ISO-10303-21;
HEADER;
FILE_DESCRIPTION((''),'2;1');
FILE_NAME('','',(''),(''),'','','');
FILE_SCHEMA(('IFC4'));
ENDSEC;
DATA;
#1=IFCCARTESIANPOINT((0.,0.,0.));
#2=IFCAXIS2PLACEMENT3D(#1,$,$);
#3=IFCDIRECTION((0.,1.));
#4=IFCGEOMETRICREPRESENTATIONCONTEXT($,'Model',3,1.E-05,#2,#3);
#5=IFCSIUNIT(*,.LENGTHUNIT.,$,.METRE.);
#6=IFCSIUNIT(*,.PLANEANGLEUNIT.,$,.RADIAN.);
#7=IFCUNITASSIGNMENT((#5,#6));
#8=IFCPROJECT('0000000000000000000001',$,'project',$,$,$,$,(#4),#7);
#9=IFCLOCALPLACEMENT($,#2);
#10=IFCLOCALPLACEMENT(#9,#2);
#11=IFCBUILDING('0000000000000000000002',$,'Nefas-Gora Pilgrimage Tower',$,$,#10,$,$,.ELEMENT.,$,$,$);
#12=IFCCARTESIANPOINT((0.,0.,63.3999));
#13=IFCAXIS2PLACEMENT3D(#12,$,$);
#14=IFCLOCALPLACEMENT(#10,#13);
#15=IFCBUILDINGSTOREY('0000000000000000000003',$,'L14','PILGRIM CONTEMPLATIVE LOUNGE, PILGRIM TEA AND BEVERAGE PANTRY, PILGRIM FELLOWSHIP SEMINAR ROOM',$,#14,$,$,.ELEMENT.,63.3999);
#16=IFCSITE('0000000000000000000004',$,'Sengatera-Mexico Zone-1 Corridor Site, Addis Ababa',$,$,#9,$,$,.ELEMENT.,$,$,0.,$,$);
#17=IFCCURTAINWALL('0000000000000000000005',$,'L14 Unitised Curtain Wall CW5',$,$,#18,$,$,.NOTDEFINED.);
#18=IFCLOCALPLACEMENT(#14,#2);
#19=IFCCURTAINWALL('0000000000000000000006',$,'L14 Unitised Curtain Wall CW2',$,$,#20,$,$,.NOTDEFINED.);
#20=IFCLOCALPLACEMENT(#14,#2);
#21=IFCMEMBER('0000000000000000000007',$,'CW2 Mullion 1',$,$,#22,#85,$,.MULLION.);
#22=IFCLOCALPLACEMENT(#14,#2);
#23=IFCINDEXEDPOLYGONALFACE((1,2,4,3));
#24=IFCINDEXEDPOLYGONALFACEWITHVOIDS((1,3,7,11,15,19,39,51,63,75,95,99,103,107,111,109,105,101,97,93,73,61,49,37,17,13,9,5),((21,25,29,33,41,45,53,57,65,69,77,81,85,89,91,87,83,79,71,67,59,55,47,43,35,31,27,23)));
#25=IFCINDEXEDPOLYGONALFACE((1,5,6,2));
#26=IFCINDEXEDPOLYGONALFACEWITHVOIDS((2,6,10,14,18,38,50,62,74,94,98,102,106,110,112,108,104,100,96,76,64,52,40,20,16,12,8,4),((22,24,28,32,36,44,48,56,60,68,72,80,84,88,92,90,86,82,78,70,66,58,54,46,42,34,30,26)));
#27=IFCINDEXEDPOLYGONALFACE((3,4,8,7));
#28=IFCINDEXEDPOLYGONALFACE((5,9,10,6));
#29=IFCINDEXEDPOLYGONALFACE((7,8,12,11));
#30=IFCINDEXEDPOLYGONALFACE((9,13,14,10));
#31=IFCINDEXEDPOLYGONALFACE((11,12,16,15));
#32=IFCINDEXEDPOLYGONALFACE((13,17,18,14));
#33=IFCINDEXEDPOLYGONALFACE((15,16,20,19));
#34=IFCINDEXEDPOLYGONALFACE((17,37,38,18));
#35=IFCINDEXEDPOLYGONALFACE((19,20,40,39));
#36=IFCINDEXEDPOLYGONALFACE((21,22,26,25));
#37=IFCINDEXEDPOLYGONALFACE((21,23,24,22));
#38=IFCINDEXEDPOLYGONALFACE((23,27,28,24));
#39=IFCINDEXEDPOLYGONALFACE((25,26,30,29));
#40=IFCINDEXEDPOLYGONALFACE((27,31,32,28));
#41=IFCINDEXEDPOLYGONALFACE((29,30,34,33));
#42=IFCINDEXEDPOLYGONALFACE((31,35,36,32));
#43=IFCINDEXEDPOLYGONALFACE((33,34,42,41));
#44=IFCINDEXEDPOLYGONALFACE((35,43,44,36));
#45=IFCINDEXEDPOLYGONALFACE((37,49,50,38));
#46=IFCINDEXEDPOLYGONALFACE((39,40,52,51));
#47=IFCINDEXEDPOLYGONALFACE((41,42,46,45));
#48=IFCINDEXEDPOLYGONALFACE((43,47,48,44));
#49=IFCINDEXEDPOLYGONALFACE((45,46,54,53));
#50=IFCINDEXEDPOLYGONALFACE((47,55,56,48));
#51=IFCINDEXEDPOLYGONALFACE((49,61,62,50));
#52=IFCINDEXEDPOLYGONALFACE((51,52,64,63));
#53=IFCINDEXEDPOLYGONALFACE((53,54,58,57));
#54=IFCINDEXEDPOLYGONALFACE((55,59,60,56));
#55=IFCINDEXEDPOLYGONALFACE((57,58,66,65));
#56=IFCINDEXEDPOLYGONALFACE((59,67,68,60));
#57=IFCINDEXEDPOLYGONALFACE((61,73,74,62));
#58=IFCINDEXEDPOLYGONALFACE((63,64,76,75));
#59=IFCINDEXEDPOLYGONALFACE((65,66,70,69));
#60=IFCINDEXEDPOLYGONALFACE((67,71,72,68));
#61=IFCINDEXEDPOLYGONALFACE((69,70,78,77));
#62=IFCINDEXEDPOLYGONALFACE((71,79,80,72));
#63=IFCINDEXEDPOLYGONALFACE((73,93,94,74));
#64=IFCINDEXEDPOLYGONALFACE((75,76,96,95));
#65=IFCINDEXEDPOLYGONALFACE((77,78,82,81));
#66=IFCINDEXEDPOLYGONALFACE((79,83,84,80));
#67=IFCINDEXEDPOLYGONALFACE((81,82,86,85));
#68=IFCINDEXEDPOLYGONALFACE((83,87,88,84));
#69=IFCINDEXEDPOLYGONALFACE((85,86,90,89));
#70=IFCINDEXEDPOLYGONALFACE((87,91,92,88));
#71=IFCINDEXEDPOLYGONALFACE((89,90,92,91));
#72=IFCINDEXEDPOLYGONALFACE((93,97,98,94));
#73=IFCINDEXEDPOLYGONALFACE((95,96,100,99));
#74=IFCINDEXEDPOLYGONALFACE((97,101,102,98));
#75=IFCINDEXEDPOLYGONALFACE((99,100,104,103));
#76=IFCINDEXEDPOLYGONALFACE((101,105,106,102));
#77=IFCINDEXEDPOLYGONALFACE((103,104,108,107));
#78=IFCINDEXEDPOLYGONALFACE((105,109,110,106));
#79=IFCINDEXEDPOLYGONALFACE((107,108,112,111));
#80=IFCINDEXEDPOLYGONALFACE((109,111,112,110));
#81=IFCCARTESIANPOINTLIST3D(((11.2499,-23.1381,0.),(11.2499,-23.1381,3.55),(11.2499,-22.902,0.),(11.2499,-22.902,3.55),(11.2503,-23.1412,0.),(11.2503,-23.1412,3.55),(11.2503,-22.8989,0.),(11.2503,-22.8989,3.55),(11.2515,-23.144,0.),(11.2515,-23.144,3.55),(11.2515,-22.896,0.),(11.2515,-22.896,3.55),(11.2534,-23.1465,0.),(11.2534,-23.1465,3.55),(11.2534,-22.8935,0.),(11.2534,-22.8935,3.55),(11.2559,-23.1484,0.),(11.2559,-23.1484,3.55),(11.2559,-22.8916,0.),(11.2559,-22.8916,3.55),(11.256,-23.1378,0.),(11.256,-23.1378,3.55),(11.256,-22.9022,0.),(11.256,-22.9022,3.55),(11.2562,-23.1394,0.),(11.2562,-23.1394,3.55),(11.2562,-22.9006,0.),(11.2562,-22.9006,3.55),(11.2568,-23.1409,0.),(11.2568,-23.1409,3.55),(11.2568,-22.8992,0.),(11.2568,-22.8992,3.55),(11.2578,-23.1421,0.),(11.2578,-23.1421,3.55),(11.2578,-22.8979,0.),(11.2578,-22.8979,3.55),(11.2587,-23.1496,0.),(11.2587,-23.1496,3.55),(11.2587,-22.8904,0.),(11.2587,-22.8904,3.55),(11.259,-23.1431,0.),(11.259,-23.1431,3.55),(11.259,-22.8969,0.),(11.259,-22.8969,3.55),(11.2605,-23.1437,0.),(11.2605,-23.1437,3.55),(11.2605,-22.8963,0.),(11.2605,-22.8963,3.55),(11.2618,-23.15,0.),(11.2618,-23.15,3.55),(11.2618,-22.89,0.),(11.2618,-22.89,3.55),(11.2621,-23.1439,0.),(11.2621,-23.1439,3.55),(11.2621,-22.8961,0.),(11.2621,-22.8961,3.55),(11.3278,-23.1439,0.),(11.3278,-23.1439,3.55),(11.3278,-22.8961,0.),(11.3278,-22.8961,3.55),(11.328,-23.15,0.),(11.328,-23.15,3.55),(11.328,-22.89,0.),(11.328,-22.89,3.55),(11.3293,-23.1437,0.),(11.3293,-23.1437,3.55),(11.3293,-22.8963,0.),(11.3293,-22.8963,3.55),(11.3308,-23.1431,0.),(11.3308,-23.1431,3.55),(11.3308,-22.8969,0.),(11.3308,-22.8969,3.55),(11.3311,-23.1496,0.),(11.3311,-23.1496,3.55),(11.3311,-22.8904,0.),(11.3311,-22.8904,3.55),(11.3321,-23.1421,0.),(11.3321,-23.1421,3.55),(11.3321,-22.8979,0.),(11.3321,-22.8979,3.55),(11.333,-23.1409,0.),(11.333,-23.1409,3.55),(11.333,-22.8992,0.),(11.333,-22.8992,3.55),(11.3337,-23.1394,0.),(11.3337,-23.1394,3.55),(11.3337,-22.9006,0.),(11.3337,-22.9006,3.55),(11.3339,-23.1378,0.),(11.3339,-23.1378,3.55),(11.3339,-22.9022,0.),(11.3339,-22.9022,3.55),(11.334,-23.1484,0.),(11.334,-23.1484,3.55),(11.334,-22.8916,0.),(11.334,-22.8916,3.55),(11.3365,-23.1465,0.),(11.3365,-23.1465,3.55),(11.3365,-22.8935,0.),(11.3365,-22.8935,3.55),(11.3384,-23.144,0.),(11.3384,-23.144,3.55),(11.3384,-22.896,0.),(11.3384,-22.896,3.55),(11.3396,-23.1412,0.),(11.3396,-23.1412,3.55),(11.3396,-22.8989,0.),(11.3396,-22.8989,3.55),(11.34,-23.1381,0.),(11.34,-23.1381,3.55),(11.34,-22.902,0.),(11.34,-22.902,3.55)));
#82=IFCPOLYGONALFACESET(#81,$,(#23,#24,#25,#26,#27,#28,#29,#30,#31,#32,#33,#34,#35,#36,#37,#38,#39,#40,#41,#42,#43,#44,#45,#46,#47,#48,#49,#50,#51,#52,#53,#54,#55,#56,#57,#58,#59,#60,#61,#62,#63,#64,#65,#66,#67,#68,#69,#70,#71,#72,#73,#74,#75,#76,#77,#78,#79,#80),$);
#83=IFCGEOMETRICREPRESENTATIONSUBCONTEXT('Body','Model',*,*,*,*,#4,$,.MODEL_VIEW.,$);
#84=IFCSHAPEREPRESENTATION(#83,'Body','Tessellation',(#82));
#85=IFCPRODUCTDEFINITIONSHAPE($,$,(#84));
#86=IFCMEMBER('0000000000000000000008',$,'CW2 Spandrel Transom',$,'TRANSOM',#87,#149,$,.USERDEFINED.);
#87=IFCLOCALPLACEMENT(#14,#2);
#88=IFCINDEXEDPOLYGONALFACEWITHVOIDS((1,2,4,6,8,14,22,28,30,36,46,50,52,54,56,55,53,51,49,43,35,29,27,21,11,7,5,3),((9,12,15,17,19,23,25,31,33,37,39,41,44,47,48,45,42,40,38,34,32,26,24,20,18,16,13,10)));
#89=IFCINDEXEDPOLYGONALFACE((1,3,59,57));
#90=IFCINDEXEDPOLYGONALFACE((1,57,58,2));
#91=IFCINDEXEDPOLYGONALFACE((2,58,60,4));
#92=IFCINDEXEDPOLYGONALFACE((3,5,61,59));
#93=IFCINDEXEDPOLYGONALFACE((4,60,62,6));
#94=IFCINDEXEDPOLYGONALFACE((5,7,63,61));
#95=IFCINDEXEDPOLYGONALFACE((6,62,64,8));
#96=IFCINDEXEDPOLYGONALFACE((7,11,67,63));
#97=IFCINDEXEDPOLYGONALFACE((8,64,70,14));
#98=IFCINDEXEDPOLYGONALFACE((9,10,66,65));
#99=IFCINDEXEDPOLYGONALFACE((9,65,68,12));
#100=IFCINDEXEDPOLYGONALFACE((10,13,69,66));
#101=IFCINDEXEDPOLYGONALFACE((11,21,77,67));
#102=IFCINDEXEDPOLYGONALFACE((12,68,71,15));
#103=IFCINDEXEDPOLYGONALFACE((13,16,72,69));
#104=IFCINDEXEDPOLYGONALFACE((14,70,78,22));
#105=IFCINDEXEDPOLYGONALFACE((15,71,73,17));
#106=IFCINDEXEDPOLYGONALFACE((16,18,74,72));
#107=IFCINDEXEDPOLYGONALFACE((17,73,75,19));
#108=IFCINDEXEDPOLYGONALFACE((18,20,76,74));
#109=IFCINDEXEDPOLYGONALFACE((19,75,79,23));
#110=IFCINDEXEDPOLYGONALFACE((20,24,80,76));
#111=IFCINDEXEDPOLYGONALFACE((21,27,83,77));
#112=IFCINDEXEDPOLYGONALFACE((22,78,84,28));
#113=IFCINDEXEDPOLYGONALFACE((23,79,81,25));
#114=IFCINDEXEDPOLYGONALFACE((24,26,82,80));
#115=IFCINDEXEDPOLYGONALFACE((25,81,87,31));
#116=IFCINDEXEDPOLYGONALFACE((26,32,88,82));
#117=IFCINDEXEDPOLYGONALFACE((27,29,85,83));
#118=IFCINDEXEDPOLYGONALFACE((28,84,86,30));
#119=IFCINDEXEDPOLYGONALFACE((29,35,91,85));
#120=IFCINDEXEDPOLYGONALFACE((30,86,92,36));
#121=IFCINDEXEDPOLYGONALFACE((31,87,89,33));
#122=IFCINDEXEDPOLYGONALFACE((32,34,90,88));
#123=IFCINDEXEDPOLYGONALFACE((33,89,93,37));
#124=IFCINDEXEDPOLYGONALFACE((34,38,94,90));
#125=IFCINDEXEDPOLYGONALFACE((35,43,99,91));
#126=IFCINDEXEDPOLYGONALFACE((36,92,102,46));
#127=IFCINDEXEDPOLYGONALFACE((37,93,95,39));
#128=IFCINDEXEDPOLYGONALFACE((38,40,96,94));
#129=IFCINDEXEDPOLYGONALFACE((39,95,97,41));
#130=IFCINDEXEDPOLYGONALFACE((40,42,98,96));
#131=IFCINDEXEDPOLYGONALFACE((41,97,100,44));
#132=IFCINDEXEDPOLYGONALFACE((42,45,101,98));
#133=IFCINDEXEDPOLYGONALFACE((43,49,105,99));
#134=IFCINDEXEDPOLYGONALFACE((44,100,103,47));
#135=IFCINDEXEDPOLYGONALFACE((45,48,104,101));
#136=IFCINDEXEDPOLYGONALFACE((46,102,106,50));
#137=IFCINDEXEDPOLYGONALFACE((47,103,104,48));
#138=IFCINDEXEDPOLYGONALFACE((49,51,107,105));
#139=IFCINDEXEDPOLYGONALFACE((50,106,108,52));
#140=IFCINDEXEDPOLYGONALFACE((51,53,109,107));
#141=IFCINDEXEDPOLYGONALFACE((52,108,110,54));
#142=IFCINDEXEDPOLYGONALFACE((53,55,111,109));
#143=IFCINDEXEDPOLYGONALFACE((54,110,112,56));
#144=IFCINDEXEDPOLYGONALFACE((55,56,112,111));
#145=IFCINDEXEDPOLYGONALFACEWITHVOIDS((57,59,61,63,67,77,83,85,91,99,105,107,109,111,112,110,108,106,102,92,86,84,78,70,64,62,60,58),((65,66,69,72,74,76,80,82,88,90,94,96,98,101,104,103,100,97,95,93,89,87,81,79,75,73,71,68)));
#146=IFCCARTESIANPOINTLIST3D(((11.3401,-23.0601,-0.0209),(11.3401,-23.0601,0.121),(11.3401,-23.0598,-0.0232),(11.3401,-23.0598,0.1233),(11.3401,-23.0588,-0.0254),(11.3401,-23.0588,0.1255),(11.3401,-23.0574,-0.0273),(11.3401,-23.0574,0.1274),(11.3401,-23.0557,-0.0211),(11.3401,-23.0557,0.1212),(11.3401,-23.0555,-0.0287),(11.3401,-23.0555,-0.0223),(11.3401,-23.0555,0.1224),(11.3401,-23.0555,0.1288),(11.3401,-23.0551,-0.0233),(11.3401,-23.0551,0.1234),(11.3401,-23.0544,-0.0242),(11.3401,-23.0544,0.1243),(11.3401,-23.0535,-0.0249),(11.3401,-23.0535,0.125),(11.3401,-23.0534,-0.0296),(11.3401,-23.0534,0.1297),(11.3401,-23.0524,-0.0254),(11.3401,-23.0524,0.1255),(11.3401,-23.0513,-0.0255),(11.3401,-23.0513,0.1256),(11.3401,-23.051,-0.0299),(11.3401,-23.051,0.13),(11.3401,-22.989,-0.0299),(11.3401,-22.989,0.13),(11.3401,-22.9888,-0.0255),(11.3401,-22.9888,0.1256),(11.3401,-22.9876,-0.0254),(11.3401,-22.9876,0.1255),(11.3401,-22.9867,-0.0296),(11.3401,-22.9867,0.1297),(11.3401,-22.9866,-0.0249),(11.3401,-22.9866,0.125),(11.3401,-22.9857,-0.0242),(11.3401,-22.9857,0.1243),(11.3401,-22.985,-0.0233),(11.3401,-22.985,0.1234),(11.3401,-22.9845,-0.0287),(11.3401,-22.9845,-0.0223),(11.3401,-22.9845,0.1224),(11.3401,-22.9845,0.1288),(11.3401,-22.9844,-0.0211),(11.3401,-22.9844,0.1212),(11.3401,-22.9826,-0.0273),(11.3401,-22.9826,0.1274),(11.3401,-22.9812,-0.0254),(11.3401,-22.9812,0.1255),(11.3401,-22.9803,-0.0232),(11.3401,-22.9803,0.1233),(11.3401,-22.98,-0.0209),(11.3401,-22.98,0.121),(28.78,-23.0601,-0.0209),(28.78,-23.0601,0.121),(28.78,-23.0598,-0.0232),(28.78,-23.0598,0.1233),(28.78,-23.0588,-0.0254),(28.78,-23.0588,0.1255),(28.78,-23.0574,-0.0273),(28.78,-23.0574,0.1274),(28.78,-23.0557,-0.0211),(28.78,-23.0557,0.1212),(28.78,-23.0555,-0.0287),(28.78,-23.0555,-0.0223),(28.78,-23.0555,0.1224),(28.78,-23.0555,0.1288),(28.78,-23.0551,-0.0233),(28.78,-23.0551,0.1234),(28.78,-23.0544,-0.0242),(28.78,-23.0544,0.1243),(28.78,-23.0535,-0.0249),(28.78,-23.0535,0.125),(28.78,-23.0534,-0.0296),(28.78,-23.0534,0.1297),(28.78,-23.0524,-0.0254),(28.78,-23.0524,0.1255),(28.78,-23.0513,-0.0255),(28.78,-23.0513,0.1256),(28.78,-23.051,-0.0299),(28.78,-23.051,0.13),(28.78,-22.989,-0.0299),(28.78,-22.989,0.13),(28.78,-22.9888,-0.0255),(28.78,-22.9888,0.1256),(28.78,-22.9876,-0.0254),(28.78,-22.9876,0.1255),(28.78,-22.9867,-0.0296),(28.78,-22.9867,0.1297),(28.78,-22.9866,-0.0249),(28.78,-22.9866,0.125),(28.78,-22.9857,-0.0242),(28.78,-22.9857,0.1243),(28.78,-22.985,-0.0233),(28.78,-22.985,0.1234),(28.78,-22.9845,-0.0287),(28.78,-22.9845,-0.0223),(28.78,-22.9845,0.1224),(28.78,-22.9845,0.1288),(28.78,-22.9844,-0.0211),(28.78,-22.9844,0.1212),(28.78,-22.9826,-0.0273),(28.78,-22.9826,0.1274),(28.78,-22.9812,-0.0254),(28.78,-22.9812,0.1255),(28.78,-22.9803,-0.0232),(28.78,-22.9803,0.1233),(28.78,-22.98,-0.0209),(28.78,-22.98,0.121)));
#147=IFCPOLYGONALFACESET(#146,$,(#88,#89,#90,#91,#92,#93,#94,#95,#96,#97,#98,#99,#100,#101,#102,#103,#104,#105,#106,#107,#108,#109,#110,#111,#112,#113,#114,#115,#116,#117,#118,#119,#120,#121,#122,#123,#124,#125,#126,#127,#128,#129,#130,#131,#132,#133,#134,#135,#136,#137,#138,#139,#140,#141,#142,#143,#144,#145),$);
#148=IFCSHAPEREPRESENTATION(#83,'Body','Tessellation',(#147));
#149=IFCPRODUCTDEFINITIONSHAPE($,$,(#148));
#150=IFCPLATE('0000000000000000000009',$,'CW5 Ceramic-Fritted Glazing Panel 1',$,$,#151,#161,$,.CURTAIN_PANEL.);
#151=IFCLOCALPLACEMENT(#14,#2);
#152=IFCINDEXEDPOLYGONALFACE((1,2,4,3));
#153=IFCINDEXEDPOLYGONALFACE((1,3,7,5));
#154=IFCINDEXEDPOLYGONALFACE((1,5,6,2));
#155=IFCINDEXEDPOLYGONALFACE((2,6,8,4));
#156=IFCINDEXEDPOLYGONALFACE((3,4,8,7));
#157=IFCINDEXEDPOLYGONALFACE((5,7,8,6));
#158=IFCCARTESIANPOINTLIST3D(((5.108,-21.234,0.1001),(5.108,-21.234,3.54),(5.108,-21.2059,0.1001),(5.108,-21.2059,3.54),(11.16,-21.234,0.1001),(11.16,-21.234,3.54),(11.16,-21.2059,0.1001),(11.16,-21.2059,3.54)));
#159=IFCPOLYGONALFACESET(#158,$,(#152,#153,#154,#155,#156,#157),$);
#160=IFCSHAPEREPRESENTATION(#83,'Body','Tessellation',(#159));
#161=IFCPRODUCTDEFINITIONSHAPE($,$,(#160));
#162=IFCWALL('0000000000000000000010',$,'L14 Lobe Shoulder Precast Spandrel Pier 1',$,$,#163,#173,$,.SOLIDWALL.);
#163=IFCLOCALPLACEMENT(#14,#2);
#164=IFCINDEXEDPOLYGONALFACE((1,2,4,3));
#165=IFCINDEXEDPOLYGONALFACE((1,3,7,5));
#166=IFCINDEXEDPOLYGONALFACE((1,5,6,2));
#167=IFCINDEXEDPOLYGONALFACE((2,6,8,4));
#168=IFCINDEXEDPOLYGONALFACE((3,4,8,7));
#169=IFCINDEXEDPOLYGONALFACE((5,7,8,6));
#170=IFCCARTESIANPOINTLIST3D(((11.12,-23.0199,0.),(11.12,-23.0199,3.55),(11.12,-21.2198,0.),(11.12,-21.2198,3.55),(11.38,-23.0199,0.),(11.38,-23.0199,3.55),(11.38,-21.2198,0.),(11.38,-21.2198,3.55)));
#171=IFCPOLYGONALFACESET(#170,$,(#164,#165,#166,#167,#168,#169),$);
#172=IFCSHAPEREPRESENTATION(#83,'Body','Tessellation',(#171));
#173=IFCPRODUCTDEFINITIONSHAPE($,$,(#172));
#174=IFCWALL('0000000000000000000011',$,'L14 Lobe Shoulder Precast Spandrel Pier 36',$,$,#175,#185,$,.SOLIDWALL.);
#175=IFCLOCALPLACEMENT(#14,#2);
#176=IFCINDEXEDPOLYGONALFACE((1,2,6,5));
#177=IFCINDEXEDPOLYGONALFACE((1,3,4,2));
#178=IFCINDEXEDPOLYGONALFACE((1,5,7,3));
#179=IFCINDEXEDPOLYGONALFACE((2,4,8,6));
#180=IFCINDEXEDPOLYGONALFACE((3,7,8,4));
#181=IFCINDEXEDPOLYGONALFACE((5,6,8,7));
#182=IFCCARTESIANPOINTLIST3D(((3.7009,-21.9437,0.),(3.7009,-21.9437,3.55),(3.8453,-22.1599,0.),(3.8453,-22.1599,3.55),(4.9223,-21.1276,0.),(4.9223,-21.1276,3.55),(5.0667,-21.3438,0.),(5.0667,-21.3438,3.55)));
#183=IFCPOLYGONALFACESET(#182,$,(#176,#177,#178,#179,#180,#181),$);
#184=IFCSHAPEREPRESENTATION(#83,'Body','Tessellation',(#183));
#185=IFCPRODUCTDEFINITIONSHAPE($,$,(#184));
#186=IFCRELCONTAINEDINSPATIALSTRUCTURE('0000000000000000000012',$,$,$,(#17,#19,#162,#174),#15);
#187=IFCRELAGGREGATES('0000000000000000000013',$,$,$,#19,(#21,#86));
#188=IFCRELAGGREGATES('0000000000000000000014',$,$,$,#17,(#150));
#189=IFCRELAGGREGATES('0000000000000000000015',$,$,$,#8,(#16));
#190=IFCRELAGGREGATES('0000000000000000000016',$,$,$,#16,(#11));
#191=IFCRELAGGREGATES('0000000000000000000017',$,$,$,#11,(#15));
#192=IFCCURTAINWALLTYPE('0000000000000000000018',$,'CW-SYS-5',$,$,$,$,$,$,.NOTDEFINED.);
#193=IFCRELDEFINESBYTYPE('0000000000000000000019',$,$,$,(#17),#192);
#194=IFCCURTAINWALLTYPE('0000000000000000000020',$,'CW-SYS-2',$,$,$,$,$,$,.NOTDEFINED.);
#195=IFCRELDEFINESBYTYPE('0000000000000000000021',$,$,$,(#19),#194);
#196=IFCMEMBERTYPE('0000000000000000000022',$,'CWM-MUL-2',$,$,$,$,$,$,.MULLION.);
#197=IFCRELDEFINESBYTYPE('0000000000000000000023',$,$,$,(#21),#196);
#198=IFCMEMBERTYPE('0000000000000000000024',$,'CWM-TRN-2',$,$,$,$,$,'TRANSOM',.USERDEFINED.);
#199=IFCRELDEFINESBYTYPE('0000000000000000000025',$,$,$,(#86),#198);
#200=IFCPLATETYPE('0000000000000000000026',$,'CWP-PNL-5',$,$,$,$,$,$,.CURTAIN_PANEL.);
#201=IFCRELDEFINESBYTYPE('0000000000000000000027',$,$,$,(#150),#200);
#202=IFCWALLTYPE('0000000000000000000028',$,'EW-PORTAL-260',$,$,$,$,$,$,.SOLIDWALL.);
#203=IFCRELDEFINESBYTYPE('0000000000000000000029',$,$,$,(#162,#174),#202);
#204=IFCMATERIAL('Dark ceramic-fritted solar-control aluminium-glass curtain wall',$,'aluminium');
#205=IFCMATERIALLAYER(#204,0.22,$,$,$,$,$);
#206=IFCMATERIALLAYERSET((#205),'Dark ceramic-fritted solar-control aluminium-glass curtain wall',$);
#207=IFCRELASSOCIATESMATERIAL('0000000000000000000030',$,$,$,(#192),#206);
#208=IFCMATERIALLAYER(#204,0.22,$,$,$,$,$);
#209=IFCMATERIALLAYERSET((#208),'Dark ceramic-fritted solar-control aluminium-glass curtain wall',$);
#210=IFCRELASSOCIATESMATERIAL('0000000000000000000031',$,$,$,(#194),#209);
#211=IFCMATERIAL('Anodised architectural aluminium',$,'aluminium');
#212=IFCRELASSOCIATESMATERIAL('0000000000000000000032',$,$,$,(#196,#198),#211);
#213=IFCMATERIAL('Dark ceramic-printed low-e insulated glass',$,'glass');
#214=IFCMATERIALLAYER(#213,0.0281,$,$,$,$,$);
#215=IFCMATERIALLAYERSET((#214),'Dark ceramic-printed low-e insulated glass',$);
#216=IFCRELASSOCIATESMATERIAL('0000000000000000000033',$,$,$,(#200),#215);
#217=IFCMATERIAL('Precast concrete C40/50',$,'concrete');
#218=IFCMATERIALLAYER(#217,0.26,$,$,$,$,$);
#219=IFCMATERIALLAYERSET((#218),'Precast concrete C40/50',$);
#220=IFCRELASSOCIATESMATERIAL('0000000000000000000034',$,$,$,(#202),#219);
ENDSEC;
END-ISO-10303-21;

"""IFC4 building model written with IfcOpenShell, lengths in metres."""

from ifc_helpers import new_model, si_unit, direction, frame, frame_2d, origin, origin_2d, place, context, subcontext, project, spatial, rectangle, hollow_rectangle, extrude, source, transform, mapped, material, layer, layer_set, material_profile, profile_set, type_object, element, aggregate, save


model = new_model("IFC4")

# Units and contexts
model_context = context("Model", 3, precision=1e-05, world=origin(), true_north=direction((0.0, 1.0)))
body_context = subcontext(model_context, "Body", "Model", "MODEL_VIEW")
ifc_project = project(units=[si_unit("LENGTHUNIT", "METRE"), si_unit("PLANEANGLEUNIT", "RADIAN")], contexts=[model_context])

# Site, building, storey
site_placement = place(None, origin())
site = spatial("IfcSite", under=ifc_project, at=site_placement, Name="Sengatera-Mexico Zone-1 Corridor Site, Addis Ababa", CompositionType="ELEMENT", RefElevation=0.0)
building_placement = place(site_placement, origin())
building = spatial("IfcBuilding", under=site, at=building_placement, Name="Nefas-Gora Pilgrimage Tower", CompositionType="ELEMENT")
storey_placement = place(building_placement, frame((0.0, 0.0, 63.3999)))
storey = spatial("IfcBuildingStorey", under=building, at=storey_placement, Name="L14", Description="PILGRIM CONTEMPLATIVE LOUNGE, PILGRIM TEA AND BEVERAGE PANTRY, PILGRIM FELLOWSHIP SEMINAR ROOM", CompositionType="ELEMENT", Elevation=63.3999)

# Curtain wall
ifc_material_1 = material(Name="Dark ceramic-fritted solar-control aluminium-glass curtain wall", Category="aluminium")
ifc_layer_1 = layer(ifc_material_1, 0.22)
ifc_layer_set_1 = layer_set([ifc_layer_1], Name="Dark ceramic-fritted solar-control aluminium-glass curtain wall")
curtain_wall_type_1 = type_object("IfcCurtainWallType", Name="CW-SYS-5", PredefinedType="NOTDEFINED", material=ifc_layer_set_1)
curtain_wall_1_placement = place(storey_placement, origin())
curtain_wall_1 = element("IfcCurtainWall", 1, at=curtain_wall_1_placement, inside=storey, type_object=curtain_wall_type_1, Name="L14 Unitised Curtain Wall CW5", PredefinedType="NOTDEFINED")
ifc_material_2 = material(Name="Anodised architectural aluminium", Category="aluminium")

# Curtain wall, members
ifc_layer_2 = layer(ifc_material_1, 0.22)
ifc_layer_set_2 = layer_set([ifc_layer_2], Name="Dark ceramic-fritted solar-control aluminium-glass curtain wall")
curtain_wall_type_2 = type_object("IfcCurtainWallType", Name="CW-SYS-2", PredefinedType="NOTDEFINED", material=ifc_layer_set_2)
curtain_wall_2_placement = place(storey_placement, origin())
curtain_wall_2 = element("IfcCurtainWall", 2, at=curtain_wall_2_placement, inside=storey, type_object=curtain_wall_type_2, Name="L14 Unitised Curtain Wall CW2", PredefinedType="NOTDEFINED")
ifc_material_profile_1 = material_profile(ifc_material_2, hollow_rectangle(XDim=0.0901, YDim=0.26, WallThickness=0.0061, InnerFilletRadius=0.0061, OuterFilletRadius=0.012, at=origin_2d()), Name="ALU MULLION 90x260")
ifc_profile_set_1 = profile_set([ifc_material_profile_1], Name="Anodised architectural aluminium")
member_type_1 = type_object("IfcMemberType", Name="CWM-MUL-2", PredefinedType="MULLION", material=ifc_profile_set_1)
shared_shape_1 = source(origin(), body_context, "Body", "SweptSolid", [
    extrude(hollow_rectangle(XDim=0.0901, YDim=0.26, WallThickness=0.0061, InnerFilletRadius=0.0061, OuterFilletRadius=0.012, at=origin_2d()), origin(), (0.0, 0.0, 1.0), 3.55),
])
member_1_placement = place(storey_placement, frame((11.2949, -23.02, 0.0), z_axis=(0.0, 0.0, 1.0), x_axis=(1.0, 0.0, 0.0)))
member_1 = element("IfcMember", 3, at=member_1_placement, type_object=member_type_1, Name="CW2 Mullion 1", PredefinedType="MULLION", context=body_context, shape_type="MappedRepresentation", body=[
    mapped(shared_shape_1, transform((0.0, 0.0, 0.0), x_axis=(1.0, 0.0, 0.0), y_axis=(0.0, 1.0, 0.0), z_axis=(0.0, 0.0, 1.0), scale=1.0)),
])
ifc_material_profile_2 = material_profile(ifc_material_2, hollow_rectangle(XDim=0.0801, YDim=0.1599, WallThickness=0.0044, InnerFilletRadius=0.0044, OuterFilletRadius=0.009, at=origin_2d()), Name="ALU TRANSOM 80x160")
ifc_profile_set_2 = profile_set([ifc_material_profile_2], Name="Anodised architectural aluminium")
member_type_2 = type_object("IfcMemberType", Name="CWM-TRN-2", ElementType="TRANSOM", PredefinedType="USERDEFINED", material=ifc_profile_set_2)
shared_shape_2 = source(origin(), body_context, "Body", "SweptSolid", [
    extrude(hollow_rectangle(XDim=0.0801, YDim=0.1599, WallThickness=0.0044, InnerFilletRadius=0.0044, OuterFilletRadius=0.009, at=origin_2d()), origin(), (0.0, 0.0, 1.0), 17.4399),
])
member_2_placement = place(storey_placement, frame((11.3401, -23.02, 0.05), z_axis=(1.0, 0.0, 0.0), x_axis=(0.0, 1.0, 0.0)))
member_2 = element("IfcMember", 4, at=member_2_placement, type_object=member_type_2, Name="CW2 Spandrel Transom", ObjectType="TRANSOM", PredefinedType="USERDEFINED", context=body_context, shape_type="MappedRepresentation", body=[
    mapped(shared_shape_2, transform((0.0, 0.0, 0.0), x_axis=(1.0, 0.0, 0.0), y_axis=(0.0, 1.0, 0.0), z_axis=(0.0, 0.0, 1.0), scale=1.0)),
])
aggregate(curtain_wall_2, [member_1, member_2])

# Plate
ifc_material_3 = material(Name="Dark ceramic-printed low-e insulated glass", Category="glass")
ifc_layer_3 = layer(ifc_material_3, 0.0281)
ifc_layer_set_3 = layer_set([ifc_layer_3], Name="Dark ceramic-printed low-e insulated glass")
plate_type = type_object("IfcPlateType", Name="CWP-PNL-5", PredefinedType="CURTAIN_PANEL", material=ifc_layer_set_3)
shared_shape_3 = source(origin(), body_context, "Body", "SweptSolid", [
    extrude(rectangle(XDim=6.052, YDim=0.0281, at=origin_2d()), origin(), (0.0, 0.0, 1.0), 3.4399),
])
plate_placement = place(storey_placement, frame((8.134, -21.22, 0.1001), z_axis=(0.0, 0.0, 1.0), x_axis=(1.0, 0.0, 0.0)))
plate = element("IfcPlate", 5, at=plate_placement, type_object=plate_type, Name="CW5 Ceramic-Fritted Glazing Panel 1", PredefinedType="CURTAIN_PANEL", context=body_context, shape_type="MappedRepresentation", body=[
    mapped(shared_shape_3, transform((0.0, 0.0, 0.0), x_axis=(1.0, 0.0, 0.0), y_axis=(0.0, 1.0, 0.0), z_axis=(0.0, 0.0, 1.0), scale=1.0)),
])
aggregate(curtain_wall_1, [plate])

# Walls
ifc_material_4 = material(Name="Precast concrete C40/50", Category="concrete")
ifc_layer_4 = layer(ifc_material_4, 0.26)
ifc_layer_set_4 = layer_set([ifc_layer_4], Name="Precast concrete C40/50")
wall_type_1 = type_object("IfcWallType", Name="EW-PORTAL-260", PredefinedType="SOLIDWALL", material=ifc_layer_set_4)
shared_shape_4 = source(origin(), body_context, "Body", "SweptSolid", [
    extrude(rectangle(XDim=1.8, YDim=0.26, at=frame_2d((0.8999, 0.0))), origin(), (0.0, 0.0, 1.0), 3.55),
])
wall_1_placement = place(storey_placement, frame((11.25, -21.22, 0.0), z_axis=(0.0, 0.0, 1.0), x_axis=(0.0, -1.0, 0.0)))
element("IfcWall", 6, at=wall_1_placement, inside=storey, type_object=wall_type_1, Name="L14 Lobe Shoulder Precast Spandrel Pier 1", PredefinedType="SOLIDWALL", context=body_context, shape_type="MappedRepresentation", body=[
    mapped(shared_shape_4, transform((0.0, 0.0, 0.0), x_axis=(1.0, 0.0, 0.0), y_axis=(0.0, 1.0, 0.0), z_axis=(0.0, 0.0, 1.0), scale=1.0)),
])
shared_shape_5 = source(origin(), body_context, "Body", "SweptSolid", [
    extrude(rectangle(XDim=1.469, YDim=0.26, at=frame_2d((0.7344, 0.0))), origin(), (0.0, 0.0, 1.0), 3.55),
])
wall_2_placement = place(storey_placement, frame((3.7732, -22.0518, 0.0), z_axis=(0.0, 0.0, 1.0), x_axis=(0.831462, 0.555582, 0.0)))
element("IfcWall", 7, at=wall_2_placement, inside=storey, type_object=wall_type_1, Name="L14 Lobe Shoulder Precast Spandrel Pier 36", PredefinedType="SOLIDWALL", context=body_context, shape_type="MappedRepresentation", body=[
    mapped(shared_shape_5, transform((0.0, 0.0, 0.0), x_axis=(1.0, 0.0, 0.0), y_axis=(0.0, 1.0, 0.0), z_axis=(0.0, 0.0, 1.0), scale=1.0)),
])

save(model, "model.ifc")
